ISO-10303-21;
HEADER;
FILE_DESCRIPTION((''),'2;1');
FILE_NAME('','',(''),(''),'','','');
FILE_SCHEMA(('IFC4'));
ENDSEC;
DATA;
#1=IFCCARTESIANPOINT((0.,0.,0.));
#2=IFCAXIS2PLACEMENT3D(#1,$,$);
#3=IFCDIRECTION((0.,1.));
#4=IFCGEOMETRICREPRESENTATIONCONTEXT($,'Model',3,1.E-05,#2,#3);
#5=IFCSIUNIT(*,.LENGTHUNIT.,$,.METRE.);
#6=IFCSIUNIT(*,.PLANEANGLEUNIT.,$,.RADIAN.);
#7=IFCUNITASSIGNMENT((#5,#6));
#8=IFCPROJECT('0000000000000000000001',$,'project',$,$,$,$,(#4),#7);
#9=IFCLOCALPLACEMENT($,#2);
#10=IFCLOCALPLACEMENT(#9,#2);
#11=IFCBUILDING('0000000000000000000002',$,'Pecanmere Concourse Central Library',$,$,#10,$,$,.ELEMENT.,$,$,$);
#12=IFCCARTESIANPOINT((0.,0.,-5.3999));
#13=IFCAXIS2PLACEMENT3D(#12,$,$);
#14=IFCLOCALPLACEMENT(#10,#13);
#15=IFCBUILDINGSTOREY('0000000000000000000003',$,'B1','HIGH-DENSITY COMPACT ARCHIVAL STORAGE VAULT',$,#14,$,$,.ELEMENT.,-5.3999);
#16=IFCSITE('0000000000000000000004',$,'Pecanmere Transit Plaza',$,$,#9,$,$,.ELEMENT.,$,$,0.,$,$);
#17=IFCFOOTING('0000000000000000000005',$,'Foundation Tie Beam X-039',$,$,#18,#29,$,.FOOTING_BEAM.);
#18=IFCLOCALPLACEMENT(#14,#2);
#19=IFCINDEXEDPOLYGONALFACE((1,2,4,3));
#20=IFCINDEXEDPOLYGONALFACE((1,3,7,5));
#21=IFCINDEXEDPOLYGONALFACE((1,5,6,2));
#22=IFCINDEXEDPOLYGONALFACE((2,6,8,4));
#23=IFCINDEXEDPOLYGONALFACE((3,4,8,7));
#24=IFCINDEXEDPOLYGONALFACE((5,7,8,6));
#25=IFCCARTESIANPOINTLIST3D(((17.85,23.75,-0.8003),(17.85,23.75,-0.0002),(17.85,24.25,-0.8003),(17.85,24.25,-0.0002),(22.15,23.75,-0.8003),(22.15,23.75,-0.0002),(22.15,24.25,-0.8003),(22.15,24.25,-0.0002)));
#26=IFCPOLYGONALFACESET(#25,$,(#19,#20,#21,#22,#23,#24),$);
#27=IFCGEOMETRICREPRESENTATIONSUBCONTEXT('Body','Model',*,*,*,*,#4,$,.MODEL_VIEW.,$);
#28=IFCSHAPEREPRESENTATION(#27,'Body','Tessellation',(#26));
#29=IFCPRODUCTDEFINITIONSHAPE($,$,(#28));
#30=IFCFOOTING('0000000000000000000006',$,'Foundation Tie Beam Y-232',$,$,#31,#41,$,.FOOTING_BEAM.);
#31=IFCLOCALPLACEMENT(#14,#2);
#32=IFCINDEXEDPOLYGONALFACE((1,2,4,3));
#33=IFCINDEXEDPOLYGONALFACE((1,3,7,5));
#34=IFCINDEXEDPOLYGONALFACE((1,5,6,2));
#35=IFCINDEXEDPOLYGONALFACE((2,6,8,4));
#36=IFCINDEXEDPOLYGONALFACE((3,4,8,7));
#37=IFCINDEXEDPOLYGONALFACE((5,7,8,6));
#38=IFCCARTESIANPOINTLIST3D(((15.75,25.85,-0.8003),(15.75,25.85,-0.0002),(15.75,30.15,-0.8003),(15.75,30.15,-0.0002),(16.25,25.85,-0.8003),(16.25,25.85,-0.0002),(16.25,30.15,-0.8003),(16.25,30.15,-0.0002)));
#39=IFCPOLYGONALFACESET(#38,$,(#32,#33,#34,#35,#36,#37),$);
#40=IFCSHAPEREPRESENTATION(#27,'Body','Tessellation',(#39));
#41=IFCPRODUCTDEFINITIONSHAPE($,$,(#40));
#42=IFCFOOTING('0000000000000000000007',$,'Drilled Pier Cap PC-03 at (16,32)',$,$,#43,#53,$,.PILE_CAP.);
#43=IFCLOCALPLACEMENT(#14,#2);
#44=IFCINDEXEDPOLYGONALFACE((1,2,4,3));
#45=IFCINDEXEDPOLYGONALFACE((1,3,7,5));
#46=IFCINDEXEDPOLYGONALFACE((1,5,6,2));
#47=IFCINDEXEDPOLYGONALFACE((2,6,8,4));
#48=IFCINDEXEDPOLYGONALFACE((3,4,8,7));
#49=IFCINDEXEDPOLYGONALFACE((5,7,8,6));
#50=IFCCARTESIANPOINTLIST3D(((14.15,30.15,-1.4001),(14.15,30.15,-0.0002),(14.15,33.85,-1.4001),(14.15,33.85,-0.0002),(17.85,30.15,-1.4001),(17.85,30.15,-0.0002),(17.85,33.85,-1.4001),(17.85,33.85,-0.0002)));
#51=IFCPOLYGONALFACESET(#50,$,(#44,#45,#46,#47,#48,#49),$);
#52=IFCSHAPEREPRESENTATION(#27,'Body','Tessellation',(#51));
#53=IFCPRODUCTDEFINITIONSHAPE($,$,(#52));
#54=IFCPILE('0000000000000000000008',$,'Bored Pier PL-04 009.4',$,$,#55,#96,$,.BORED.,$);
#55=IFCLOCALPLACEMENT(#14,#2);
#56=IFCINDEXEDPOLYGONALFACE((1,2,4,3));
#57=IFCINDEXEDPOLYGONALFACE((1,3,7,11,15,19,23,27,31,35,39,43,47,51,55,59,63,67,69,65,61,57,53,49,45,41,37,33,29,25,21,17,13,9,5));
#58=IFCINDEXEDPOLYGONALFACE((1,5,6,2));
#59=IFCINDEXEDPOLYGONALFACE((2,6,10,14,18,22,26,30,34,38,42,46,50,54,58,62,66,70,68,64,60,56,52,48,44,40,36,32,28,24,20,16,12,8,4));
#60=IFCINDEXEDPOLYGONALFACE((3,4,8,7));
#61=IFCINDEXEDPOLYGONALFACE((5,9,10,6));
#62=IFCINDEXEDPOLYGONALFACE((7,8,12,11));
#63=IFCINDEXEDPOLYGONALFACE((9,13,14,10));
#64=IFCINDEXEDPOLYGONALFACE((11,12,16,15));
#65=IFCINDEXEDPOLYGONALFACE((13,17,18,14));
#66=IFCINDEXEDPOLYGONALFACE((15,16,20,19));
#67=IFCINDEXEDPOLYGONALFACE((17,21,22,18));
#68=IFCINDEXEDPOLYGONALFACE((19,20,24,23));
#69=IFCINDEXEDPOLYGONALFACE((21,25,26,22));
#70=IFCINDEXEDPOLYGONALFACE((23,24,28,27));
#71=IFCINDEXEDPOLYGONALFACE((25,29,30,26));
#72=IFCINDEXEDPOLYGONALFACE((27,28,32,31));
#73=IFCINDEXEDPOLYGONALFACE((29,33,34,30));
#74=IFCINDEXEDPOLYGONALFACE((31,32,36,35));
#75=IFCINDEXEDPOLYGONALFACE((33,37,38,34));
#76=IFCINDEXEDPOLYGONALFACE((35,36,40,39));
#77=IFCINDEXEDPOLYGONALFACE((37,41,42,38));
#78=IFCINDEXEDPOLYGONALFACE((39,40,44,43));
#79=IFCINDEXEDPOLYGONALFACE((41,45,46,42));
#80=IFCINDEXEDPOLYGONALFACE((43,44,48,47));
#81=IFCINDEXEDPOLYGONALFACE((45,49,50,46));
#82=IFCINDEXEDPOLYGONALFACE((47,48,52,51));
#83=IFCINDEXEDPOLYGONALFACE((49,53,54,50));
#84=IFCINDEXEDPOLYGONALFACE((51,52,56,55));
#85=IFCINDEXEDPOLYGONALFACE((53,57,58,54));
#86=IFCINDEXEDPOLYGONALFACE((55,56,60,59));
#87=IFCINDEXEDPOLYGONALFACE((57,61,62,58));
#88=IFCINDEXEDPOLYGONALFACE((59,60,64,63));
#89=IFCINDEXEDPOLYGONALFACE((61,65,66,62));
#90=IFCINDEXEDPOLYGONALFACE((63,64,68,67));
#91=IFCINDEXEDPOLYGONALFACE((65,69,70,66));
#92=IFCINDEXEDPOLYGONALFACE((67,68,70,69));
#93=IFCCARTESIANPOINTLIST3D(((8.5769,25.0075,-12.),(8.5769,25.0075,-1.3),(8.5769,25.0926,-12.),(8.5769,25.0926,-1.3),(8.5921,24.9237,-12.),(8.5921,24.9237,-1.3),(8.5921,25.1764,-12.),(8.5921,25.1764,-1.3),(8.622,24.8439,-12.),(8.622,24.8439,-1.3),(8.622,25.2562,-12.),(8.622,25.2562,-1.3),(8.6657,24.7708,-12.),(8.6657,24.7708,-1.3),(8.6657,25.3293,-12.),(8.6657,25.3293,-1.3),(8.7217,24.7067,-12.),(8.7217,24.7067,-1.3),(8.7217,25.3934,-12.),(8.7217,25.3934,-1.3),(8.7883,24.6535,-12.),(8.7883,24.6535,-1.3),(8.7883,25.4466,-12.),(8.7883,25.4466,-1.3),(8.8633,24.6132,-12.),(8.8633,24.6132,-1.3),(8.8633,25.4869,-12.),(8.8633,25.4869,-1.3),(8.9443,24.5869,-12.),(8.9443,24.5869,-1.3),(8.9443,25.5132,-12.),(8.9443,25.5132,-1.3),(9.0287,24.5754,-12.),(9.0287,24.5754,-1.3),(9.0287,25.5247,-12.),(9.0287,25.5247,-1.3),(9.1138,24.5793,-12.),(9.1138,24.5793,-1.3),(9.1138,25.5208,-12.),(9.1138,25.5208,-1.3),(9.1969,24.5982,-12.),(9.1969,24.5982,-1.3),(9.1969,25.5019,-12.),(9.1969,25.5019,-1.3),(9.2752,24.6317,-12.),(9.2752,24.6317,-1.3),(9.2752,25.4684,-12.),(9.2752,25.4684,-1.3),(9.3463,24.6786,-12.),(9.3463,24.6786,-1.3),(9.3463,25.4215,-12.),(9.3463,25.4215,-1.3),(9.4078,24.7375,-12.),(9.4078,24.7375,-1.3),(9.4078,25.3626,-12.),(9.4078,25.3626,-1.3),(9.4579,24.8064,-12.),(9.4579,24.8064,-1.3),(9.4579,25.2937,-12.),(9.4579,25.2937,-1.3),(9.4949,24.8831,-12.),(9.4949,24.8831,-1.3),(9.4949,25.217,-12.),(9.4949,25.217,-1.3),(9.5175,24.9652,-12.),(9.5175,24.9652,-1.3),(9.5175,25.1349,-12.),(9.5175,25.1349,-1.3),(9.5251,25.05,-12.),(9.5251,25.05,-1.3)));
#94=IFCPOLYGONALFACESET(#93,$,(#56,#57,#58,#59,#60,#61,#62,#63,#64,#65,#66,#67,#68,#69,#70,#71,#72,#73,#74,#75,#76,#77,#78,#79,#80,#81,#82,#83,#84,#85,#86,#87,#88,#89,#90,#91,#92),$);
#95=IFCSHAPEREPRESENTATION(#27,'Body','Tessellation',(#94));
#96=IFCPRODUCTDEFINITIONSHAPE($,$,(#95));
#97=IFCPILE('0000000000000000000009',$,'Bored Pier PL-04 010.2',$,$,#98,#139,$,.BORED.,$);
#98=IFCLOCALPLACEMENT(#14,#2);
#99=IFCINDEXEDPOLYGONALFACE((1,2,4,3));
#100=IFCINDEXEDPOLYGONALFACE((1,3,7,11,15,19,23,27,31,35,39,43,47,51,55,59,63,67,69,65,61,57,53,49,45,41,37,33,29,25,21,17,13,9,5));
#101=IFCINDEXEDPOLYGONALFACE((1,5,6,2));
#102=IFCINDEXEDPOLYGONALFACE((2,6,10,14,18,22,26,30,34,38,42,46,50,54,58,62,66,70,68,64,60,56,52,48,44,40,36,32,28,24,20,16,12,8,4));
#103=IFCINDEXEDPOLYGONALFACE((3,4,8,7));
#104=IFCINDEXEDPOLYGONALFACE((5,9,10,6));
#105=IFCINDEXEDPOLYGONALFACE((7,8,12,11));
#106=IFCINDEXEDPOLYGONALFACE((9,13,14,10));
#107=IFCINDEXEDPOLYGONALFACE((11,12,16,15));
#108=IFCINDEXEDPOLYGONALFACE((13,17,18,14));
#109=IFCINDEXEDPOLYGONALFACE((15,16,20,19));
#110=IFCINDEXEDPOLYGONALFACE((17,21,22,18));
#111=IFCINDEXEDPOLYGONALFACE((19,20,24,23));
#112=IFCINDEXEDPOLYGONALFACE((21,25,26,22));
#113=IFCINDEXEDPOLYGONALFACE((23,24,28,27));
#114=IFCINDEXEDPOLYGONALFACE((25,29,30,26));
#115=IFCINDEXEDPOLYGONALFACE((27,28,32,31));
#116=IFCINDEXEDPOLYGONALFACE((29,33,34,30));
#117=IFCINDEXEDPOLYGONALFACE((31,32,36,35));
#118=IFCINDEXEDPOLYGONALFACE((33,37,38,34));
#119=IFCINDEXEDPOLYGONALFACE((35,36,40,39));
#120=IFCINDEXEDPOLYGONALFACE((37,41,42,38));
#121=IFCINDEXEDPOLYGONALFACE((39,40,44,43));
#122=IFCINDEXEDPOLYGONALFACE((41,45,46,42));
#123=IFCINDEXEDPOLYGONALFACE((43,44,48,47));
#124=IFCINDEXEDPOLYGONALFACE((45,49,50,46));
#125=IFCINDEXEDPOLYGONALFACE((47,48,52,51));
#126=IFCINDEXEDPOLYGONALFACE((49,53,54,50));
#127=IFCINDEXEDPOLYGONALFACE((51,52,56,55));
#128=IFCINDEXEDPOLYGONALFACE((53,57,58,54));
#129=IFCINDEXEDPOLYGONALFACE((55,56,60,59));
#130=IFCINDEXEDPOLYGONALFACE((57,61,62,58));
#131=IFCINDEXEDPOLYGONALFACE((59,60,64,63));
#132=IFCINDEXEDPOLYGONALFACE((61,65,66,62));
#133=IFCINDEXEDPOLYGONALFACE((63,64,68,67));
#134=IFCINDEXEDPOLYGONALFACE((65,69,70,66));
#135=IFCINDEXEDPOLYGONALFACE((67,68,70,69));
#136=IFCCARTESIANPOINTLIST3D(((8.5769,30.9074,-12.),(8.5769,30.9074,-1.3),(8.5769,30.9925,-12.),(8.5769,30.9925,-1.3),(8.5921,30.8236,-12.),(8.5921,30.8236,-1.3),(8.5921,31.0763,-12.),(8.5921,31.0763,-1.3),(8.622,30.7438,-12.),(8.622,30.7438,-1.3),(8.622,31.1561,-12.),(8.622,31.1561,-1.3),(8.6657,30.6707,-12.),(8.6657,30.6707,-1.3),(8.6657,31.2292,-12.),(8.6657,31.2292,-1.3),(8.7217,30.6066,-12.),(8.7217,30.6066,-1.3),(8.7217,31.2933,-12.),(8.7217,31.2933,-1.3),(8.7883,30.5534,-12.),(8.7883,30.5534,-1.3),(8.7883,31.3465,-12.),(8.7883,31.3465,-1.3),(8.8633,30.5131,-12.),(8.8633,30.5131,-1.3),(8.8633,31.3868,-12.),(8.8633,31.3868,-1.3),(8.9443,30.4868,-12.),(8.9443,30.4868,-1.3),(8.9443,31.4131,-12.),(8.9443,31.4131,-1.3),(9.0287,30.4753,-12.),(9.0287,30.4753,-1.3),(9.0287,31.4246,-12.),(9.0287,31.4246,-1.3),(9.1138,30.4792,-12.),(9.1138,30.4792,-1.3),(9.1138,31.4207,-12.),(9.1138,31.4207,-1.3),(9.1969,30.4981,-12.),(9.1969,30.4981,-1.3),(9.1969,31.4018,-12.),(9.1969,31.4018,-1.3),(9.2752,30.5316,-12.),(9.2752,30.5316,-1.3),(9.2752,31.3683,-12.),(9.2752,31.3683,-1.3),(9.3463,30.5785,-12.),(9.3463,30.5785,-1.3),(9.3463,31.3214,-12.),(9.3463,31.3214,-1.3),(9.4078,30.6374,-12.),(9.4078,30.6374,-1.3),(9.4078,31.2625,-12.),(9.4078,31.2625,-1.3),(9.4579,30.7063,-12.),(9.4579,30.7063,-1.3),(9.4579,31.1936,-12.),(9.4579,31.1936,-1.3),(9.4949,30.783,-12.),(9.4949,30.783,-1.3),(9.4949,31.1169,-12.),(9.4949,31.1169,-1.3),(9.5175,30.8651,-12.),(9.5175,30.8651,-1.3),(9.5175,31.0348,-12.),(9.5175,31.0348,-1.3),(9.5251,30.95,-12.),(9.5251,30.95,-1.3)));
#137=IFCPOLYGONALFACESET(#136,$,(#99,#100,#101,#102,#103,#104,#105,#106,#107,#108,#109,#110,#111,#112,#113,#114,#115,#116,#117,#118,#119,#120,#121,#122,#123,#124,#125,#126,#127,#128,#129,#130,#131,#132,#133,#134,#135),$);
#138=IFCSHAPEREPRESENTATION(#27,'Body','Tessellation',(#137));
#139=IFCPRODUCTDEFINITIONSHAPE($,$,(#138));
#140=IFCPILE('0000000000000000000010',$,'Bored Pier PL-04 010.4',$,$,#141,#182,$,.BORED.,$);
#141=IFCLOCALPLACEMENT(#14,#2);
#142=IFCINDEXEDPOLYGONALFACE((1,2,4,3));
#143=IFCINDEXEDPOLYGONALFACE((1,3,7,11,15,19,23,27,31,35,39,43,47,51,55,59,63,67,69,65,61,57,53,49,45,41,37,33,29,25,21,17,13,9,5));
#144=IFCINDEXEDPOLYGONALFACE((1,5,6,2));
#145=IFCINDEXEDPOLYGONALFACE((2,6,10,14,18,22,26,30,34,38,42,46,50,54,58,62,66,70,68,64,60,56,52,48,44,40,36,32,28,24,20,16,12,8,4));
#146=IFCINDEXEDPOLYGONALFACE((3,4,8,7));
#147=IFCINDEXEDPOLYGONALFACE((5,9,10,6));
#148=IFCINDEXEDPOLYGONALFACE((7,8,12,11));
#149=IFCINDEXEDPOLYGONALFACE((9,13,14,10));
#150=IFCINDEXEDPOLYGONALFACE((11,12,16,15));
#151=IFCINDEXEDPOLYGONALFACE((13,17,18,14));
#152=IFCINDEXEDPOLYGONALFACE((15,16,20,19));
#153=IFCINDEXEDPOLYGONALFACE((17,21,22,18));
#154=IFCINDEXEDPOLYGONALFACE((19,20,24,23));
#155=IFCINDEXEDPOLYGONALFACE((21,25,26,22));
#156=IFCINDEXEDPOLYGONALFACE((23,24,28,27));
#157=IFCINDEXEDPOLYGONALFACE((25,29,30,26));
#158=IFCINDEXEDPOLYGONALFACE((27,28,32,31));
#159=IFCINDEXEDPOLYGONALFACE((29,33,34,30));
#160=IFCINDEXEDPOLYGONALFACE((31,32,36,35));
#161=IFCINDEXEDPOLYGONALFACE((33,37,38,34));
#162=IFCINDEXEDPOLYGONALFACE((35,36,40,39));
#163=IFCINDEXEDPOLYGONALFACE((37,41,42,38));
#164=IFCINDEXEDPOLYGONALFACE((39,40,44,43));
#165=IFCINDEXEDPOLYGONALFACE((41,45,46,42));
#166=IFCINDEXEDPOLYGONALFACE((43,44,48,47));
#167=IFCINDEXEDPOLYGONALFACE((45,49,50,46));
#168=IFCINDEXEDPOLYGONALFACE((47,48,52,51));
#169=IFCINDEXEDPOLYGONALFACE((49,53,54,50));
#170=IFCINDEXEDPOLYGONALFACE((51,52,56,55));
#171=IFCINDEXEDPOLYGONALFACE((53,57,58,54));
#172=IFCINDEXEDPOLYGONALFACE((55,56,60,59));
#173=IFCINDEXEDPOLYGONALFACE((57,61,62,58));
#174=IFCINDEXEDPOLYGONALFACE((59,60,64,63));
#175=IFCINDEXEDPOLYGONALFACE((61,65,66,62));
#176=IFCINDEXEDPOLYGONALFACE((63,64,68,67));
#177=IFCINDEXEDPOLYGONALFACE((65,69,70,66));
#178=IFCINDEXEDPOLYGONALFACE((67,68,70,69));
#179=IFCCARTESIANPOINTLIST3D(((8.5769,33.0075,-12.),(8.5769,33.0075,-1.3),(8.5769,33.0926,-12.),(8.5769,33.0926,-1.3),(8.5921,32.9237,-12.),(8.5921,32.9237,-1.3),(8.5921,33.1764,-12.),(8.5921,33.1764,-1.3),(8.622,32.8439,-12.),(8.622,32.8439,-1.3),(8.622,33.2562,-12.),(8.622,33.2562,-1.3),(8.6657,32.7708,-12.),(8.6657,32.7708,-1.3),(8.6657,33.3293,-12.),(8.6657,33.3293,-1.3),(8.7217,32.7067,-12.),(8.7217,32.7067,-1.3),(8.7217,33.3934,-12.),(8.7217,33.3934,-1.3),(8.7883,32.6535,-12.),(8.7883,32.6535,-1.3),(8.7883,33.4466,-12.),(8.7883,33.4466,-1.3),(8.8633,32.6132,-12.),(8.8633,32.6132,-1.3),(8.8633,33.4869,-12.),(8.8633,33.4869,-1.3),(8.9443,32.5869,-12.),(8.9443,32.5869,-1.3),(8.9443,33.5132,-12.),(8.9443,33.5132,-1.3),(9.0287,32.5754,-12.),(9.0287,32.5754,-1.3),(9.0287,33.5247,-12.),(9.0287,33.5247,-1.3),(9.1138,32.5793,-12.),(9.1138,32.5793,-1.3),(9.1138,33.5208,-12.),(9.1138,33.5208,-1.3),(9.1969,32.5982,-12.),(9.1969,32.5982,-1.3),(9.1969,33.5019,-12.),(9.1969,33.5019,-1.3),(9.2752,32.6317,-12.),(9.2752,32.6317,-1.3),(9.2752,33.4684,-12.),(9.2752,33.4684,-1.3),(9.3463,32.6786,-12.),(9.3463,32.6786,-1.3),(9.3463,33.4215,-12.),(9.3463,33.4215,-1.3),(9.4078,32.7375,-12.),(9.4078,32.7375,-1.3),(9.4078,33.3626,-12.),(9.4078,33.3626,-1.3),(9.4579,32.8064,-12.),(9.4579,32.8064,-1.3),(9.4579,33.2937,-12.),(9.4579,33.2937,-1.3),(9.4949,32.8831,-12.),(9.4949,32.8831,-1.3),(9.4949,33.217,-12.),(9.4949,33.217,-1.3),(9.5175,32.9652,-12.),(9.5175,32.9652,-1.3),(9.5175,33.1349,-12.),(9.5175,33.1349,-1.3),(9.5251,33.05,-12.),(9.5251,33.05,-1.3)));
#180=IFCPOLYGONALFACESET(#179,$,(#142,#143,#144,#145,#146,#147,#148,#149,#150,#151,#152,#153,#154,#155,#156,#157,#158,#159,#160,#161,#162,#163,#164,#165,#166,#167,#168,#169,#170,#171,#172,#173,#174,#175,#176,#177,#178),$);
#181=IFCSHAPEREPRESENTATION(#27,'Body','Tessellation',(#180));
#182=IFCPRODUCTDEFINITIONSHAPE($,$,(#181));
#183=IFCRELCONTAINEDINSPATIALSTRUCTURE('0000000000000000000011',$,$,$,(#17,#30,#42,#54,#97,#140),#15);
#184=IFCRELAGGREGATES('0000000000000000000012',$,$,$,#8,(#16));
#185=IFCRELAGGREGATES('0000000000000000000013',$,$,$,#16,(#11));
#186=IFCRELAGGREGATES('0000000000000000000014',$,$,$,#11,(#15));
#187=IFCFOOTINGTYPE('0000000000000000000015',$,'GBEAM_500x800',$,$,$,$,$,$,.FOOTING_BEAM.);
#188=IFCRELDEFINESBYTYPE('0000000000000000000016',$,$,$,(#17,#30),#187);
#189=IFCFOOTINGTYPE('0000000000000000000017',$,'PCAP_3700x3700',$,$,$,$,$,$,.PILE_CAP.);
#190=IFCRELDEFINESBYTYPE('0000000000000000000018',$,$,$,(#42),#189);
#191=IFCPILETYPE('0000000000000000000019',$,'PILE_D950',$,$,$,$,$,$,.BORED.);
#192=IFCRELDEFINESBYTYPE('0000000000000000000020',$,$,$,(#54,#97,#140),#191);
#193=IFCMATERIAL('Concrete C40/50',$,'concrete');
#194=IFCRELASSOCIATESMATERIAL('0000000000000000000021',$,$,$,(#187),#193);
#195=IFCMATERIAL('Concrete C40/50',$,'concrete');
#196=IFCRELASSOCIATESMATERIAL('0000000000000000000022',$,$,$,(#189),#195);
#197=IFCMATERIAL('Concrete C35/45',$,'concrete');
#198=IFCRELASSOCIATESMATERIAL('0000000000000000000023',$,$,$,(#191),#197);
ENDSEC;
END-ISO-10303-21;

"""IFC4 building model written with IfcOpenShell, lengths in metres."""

from ifc_helpers import new_model, si_unit, direction, frame, origin, origin_2d, place, context, subcontext, project, spatial, rectangle, circle, extrude, material, material_profile, profile_set, type_object, element, save


model = new_model("IFC4")

# Units and contexts
model_context = context("Model", 3, precision=1e-05, world=origin(), true_north=direction((0.0, 1.0)))
body_context = subcontext(model_context, "Body", "Model", "MODEL_VIEW")
ifc_project = project(units=[si_unit("LENGTHUNIT", "METRE"), si_unit("PLANEANGLEUNIT", "RADIAN")], contexts=[model_context])

# Site, building, storey
site_placement = place(None, origin())
site = spatial("IfcSite", under=ifc_project, at=site_placement, Name="Pecanmere Transit Plaza", CompositionType="ELEMENT", RefElevation=0.0)
building_placement = place(site_placement, origin())
building = spatial("IfcBuilding", under=site, at=building_placement, Name="Pecanmere Concourse Central Library", CompositionType="ELEMENT")
storey_placement = place(building_placement, frame((0.0, 0.0, -5.3999)))
storey = spatial("IfcBuildingStorey", under=building, at=storey_placement, Name="B1", Description="HIGH-DENSITY COMPACT ARCHIVAL STORAGE VAULT", CompositionType="ELEMENT", Elevation=-5.3999)

# Footings
ifc_material_1 = material(Name="Concrete C40/50", Category="concrete")
ifc_material_profile_1 = material_profile(ifc_material_1, rectangle(XDim=0.5, YDim=0.8, at=origin_2d()), Name="RC 500x800")
ifc_profile_set_1 = profile_set([ifc_material_profile_1], Name="Concrete C40/50")
footing_type_1 = type_object("IfcFootingType", Name="GBEAM_500x800", PredefinedType="FOOTING_BEAM", material=ifc_profile_set_1)
for number, where, z_axis, x_axis, name in (
    (1, (20.0, 24.0, -0.8003), (0.0, 0.0, 1.0), (1.0, 0.0, 0.0), "Foundation Tie Beam X-039"),
    (2, (16.0, 28.0, -0.8003), (0.0, 0.0, 1.0), (0.0, 1.0, 0.0), "Foundation Tie Beam Y-232"),
):
    element("IfcFooting", number, at=place(storey_placement, frame(where, z_axis=z_axis, x_axis=x_axis)), inside=storey, type_object=footing_type_1, Name=name, PredefinedType="FOOTING_BEAM", context=body_context, shape_type="SweptSolid", body=[
        extrude(rectangle(XDim=4.3, YDim=0.5, at=origin_2d()), origin(), (0.0, 0.0, 1.0), 0.8),
    ])
ifc_material_2 = material(Name="Concrete C40/50", Category="concrete")
footing_type_2 = type_object("IfcFootingType", Name="PCAP_3700x3700", PredefinedType="PILE_CAP", material=ifc_material_2)
footing_1_placement = place(storey_placement, frame((16.0, 32.0, -1.4001), z_axis=(0.0, 0.0, 1.0), x_axis=(1.0, 0.0, 0.0)))
element("IfcFooting", 3, at=footing_1_placement, inside=storey, type_object=footing_type_2, Name="Drilled Pier Cap PC-03 at (16,32)", PredefinedType="PILE_CAP", context=body_context, shape_type="SweptSolid", body=[
    extrude(rectangle(XDim=3.7, YDim=3.7, at=origin_2d()), origin(), (0.0, 0.0, 1.0), 1.3999),
])

# Piles
ifc_material_3 = material(Name="Concrete C35/45", Category="concrete")
ifc_material_profile_2 = material_profile(ifc_material_3, circle(Radius=0.4751, at=origin_2d()), Name="PIER D950")
ifc_profile_set_2 = profile_set([ifc_material_profile_2], Name="Concrete C35/45")
pile_type = type_object("IfcPileType", Name="PILE_D950", PredefinedType="BORED", material=ifc_profile_set_2)
for number, where, z_axis, x_axis, name in (
    (4, (9.05, 25.05, -1.3), (0.0, 0.0, -1.0), (1.0, 0.0, 0.0), "Bored Pier PL-04 009.4"),
    (5, (9.05, 30.95, -1.3), (0.0, 0.0, -1.0), (1.0, 0.0, 0.0), "Bored Pier PL-04 010.2"),
    (6, (9.05, 33.05, -1.3), (0.0, 0.0, -1.0), (1.0, 0.0, 0.0), "Bored Pier PL-04 010.4"),
):
    element("IfcPile", number, at=place(storey_placement, frame(where, z_axis=z_axis, x_axis=x_axis)), inside=storey, type_object=pile_type, Name=name, PredefinedType="BORED", context=body_context, shape_type="SweptSolid", body=[
        extrude(circle(Radius=0.4751, at=origin_2d()), origin(), (0.0, 0.0, 1.0), 10.7),
    ])

save(model, "model.ifc")
